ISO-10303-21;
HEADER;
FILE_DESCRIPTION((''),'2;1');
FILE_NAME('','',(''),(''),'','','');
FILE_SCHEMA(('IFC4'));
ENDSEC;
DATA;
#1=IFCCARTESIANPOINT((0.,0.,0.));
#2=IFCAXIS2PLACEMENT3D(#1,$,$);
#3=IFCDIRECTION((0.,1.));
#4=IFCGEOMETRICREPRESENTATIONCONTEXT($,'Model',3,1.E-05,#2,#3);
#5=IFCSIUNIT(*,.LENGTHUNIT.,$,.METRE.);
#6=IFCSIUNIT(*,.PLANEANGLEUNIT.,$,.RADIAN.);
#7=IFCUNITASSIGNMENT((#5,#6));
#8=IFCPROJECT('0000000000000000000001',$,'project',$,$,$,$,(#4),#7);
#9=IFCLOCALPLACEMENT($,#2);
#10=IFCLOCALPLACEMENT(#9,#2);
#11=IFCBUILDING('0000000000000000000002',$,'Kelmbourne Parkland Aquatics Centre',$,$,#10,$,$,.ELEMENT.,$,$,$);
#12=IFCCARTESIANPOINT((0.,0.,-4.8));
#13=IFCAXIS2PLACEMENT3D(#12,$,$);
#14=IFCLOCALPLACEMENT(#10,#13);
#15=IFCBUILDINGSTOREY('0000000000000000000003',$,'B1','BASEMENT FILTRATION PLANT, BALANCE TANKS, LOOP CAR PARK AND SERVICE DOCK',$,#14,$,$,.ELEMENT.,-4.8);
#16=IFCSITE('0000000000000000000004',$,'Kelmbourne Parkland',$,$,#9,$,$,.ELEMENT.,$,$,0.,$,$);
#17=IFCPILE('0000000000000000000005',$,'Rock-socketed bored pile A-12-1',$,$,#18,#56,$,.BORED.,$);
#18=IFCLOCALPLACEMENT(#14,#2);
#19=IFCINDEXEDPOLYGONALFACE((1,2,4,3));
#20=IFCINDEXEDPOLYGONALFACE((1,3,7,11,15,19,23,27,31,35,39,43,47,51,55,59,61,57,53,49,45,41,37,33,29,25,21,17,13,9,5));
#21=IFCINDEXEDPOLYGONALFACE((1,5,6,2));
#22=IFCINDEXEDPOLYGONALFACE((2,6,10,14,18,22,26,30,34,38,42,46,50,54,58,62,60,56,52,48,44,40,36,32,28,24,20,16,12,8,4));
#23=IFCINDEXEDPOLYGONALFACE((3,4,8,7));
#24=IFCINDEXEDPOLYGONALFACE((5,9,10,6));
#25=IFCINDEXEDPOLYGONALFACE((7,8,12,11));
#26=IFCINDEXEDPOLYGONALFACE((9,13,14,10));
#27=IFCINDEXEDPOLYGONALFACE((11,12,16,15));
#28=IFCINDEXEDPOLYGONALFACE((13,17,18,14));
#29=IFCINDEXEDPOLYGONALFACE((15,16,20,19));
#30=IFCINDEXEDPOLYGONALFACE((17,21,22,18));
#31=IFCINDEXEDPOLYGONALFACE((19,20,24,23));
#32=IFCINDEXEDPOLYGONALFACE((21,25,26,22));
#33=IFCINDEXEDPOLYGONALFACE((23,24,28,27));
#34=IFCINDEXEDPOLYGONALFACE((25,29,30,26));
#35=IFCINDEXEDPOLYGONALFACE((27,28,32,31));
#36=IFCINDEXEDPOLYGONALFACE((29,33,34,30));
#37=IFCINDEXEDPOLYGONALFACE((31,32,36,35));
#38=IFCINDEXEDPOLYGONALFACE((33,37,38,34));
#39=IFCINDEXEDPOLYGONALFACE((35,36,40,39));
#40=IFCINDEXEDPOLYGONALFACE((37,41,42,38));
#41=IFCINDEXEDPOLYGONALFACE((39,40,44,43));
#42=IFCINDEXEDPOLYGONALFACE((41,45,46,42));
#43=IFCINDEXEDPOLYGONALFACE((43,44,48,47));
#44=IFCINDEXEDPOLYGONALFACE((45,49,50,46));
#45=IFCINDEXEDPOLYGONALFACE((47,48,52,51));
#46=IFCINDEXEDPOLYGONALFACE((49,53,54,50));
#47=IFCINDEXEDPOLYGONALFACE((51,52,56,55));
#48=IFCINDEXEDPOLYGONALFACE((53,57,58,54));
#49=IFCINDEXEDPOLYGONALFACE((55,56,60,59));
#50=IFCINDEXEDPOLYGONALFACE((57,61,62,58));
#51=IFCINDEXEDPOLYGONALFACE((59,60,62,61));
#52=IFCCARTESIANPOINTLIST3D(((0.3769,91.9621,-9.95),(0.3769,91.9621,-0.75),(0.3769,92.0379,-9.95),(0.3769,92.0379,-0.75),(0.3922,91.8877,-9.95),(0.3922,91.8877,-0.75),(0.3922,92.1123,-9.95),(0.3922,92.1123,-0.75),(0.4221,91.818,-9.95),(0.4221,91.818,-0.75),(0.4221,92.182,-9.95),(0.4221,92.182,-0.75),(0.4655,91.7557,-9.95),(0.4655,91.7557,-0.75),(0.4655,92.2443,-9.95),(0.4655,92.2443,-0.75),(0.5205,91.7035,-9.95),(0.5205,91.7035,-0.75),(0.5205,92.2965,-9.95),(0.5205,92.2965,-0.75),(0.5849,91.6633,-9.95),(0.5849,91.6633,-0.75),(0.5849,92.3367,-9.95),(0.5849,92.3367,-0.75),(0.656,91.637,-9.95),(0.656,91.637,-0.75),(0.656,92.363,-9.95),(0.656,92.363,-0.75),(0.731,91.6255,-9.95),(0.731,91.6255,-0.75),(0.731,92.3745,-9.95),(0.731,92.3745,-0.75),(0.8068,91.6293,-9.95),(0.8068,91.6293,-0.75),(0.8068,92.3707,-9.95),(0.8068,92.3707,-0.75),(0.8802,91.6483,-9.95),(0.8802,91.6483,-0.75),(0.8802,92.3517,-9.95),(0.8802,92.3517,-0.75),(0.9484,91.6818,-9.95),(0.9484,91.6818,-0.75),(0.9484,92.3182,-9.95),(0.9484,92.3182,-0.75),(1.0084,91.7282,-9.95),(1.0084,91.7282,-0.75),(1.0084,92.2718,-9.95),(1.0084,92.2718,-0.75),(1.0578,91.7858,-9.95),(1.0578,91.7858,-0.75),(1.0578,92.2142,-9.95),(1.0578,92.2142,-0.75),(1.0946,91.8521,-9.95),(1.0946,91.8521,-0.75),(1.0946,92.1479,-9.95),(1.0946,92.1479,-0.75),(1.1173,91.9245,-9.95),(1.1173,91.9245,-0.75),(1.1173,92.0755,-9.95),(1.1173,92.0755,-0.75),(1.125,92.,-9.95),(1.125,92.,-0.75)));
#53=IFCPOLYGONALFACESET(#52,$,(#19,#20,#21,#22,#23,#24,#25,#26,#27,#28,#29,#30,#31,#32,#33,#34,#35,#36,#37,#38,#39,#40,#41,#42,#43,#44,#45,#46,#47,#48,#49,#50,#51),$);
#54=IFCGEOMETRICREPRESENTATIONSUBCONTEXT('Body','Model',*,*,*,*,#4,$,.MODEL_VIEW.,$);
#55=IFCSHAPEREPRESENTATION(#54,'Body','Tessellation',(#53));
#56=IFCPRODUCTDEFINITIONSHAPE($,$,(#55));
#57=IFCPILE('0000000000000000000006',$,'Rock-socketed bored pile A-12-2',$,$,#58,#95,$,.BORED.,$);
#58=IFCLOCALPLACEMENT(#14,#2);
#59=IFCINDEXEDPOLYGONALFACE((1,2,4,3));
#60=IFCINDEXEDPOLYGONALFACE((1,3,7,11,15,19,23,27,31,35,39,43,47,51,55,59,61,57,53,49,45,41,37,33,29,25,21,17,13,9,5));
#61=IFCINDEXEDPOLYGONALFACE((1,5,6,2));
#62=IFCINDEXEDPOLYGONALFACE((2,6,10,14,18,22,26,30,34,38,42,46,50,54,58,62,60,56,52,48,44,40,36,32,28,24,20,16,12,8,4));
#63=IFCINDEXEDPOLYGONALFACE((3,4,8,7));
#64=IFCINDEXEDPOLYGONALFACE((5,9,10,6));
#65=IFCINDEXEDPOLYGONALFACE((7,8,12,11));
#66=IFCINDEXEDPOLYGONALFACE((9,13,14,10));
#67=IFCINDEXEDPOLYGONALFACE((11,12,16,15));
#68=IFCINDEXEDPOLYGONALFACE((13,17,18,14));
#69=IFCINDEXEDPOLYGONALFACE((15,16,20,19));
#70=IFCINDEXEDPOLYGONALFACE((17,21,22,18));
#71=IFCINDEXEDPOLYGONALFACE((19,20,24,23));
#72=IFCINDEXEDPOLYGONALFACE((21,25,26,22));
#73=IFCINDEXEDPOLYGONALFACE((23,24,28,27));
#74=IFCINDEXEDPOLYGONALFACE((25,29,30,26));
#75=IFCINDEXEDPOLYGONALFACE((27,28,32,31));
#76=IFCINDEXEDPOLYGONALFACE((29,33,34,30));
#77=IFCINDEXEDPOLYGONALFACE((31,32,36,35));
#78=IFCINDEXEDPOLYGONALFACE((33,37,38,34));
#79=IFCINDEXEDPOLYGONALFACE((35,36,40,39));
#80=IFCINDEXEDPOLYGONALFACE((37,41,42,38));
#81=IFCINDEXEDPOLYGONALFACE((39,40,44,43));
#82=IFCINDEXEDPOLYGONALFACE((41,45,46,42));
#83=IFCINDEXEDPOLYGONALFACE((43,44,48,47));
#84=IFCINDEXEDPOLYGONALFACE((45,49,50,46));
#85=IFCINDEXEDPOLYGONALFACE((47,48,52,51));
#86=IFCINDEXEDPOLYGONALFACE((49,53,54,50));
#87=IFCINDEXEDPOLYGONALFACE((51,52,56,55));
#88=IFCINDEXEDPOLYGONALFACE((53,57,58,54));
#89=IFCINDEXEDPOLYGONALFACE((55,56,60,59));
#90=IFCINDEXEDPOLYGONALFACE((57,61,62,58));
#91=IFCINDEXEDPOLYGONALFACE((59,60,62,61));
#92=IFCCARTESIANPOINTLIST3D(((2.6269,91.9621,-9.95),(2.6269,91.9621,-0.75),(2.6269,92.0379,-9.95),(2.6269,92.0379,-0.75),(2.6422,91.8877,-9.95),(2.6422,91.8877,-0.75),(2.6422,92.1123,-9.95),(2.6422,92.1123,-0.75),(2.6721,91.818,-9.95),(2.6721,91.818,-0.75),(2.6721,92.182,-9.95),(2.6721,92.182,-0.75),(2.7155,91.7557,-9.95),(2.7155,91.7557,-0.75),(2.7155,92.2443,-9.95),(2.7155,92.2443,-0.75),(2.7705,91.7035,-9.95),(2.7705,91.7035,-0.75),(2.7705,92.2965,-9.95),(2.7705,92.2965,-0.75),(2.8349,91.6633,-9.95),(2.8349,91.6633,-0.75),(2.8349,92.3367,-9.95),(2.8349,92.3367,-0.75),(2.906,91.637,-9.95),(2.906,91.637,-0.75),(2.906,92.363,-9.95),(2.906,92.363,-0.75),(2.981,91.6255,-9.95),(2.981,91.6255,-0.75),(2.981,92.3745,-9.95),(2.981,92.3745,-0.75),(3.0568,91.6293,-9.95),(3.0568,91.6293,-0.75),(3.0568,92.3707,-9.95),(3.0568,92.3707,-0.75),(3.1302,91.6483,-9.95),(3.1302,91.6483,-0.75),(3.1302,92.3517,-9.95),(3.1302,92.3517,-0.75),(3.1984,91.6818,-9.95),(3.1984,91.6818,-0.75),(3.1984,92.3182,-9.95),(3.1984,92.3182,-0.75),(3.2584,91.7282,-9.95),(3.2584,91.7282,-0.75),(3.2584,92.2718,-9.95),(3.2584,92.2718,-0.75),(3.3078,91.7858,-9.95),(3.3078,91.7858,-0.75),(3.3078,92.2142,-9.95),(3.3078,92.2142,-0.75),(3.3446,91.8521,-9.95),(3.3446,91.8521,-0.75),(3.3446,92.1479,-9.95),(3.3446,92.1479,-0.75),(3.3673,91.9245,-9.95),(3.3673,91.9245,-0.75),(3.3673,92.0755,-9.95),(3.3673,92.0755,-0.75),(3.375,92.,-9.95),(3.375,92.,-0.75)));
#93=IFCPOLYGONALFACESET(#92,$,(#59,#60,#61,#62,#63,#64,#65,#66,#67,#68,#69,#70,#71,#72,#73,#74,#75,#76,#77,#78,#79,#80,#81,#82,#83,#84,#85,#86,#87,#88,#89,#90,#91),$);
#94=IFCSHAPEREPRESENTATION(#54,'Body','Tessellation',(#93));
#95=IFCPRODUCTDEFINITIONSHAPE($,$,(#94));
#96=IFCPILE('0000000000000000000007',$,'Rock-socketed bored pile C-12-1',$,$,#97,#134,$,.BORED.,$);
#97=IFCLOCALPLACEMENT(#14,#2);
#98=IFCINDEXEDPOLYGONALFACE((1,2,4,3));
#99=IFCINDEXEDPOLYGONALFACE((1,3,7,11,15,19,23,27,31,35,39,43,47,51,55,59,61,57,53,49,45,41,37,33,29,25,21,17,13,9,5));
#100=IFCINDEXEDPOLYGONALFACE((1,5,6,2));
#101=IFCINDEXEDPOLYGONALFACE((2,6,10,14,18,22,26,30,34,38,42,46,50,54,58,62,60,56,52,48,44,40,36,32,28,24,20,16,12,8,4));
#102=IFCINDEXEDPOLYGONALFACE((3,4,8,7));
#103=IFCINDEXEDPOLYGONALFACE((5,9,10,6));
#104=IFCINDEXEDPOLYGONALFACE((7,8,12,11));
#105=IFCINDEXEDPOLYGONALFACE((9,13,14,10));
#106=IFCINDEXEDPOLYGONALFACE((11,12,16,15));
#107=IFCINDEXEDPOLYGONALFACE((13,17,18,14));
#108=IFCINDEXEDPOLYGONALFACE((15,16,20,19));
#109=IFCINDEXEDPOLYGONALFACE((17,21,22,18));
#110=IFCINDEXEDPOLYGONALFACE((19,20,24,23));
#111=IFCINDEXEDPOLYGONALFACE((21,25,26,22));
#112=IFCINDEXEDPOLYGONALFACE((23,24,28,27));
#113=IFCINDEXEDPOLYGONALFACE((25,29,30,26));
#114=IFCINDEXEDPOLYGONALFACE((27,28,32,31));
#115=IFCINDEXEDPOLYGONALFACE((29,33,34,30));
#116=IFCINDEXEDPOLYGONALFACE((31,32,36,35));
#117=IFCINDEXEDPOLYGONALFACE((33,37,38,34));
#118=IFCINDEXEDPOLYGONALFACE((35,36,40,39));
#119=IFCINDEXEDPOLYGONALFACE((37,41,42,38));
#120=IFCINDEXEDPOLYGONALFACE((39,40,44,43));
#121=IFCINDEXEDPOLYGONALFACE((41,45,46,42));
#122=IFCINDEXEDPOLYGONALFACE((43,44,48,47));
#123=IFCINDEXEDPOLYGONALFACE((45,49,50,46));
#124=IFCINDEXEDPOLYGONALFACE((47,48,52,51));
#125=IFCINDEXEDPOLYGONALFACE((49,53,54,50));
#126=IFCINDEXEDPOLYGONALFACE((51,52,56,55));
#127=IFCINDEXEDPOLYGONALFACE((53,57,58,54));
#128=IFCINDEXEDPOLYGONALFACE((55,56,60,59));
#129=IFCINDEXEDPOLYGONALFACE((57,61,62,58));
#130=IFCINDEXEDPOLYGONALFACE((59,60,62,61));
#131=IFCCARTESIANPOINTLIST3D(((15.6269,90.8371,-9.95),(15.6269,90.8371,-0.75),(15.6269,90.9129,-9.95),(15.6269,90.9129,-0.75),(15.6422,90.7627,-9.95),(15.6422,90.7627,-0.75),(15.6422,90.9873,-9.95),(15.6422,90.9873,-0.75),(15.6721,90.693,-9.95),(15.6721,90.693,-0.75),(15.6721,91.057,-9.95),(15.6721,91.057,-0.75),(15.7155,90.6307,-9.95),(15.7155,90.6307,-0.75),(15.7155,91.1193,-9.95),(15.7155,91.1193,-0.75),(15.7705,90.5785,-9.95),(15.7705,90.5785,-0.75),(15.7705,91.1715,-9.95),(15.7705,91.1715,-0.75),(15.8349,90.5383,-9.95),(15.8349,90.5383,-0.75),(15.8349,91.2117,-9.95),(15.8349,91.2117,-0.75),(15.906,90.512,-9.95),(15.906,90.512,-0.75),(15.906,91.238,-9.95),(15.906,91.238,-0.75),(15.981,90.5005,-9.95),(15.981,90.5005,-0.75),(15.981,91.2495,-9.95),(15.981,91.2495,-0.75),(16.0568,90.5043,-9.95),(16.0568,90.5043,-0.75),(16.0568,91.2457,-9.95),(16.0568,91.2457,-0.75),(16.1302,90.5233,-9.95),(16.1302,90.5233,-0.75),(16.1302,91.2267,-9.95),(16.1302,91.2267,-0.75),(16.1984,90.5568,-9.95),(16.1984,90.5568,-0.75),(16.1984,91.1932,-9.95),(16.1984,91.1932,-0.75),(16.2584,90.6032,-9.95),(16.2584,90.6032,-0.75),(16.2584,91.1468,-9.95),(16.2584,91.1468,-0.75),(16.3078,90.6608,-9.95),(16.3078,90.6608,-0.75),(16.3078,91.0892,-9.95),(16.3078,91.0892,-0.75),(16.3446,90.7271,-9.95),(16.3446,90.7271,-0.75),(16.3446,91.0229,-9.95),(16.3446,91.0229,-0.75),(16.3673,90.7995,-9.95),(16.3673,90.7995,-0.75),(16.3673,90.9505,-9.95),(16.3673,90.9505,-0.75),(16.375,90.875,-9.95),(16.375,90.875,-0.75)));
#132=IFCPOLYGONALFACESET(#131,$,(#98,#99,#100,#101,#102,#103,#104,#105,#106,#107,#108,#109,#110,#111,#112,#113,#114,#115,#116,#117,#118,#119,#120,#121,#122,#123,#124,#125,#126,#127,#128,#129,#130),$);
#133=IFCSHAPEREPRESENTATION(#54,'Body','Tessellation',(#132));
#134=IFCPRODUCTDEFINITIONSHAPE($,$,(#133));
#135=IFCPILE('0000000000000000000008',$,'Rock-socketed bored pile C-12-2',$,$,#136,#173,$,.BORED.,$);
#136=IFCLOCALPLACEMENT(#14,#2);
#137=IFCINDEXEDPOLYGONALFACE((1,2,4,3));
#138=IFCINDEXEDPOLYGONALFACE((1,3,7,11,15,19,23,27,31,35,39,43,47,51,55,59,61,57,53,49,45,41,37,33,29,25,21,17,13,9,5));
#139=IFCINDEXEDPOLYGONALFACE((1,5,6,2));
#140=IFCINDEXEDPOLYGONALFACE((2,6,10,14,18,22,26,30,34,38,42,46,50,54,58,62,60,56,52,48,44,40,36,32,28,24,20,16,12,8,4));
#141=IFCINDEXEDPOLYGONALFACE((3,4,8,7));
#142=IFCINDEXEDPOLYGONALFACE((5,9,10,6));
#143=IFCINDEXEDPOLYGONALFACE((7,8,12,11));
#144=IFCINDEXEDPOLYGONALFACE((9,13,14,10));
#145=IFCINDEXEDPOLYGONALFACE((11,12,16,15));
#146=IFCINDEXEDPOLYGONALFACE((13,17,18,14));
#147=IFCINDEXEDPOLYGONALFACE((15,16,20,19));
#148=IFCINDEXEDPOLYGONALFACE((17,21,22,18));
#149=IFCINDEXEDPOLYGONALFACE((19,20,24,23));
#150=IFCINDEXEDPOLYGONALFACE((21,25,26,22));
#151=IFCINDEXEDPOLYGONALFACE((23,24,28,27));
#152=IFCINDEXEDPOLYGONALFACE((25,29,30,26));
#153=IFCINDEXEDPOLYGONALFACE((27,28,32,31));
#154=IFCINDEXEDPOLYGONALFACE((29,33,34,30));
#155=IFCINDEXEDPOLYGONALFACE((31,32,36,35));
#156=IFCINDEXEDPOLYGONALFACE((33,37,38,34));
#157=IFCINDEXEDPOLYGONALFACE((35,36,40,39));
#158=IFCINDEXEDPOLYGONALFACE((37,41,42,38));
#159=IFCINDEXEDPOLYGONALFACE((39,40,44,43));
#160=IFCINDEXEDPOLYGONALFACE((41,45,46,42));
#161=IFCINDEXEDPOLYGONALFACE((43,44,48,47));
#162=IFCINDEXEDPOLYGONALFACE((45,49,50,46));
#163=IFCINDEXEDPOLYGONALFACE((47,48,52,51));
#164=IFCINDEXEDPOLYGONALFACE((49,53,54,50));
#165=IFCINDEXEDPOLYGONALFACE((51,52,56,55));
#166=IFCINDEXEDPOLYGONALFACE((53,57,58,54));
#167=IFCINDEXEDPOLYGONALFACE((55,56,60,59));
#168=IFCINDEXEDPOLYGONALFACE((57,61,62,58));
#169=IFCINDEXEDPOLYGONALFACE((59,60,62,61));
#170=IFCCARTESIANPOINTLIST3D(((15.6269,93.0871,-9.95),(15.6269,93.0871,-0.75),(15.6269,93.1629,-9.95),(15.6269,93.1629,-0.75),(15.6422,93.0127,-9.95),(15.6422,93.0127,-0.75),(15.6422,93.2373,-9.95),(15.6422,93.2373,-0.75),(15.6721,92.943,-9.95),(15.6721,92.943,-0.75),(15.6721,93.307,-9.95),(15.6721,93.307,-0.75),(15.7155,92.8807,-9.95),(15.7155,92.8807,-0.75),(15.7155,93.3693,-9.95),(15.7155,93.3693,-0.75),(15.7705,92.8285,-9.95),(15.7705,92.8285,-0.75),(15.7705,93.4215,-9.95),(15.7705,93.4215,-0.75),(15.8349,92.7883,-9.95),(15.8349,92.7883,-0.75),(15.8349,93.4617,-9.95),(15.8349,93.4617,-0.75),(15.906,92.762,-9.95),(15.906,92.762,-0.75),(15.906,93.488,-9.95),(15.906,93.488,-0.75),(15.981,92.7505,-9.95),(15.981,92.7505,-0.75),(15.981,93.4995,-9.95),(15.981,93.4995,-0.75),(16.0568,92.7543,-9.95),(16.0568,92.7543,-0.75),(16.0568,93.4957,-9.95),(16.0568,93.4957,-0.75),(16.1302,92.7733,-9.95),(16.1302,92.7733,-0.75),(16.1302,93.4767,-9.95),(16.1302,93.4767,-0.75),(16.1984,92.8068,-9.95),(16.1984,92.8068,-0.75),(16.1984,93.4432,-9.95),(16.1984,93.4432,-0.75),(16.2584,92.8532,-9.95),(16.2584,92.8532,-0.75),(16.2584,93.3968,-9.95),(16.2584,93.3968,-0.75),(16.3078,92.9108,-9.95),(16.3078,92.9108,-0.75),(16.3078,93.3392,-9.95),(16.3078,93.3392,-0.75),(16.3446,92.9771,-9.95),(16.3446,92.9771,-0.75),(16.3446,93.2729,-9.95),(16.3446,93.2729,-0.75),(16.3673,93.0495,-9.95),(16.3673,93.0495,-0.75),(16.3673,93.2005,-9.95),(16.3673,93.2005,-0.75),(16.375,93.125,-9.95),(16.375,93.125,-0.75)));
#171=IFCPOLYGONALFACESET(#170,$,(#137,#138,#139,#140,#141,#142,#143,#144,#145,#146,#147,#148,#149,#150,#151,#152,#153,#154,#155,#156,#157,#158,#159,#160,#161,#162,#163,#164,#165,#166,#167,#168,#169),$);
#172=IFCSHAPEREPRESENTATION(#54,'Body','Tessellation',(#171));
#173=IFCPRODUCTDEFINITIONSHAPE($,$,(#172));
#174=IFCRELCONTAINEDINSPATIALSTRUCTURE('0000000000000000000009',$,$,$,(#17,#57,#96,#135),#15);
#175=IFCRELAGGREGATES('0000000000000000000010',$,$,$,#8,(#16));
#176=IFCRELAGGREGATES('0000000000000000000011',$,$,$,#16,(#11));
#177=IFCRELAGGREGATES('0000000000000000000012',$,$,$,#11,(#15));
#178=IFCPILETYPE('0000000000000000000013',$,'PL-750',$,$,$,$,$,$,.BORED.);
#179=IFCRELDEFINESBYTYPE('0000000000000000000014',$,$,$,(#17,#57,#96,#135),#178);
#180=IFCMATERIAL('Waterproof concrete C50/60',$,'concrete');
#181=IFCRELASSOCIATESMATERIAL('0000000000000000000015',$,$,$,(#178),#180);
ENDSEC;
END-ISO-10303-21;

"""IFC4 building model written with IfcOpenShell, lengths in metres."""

from ifc_helpers import new_model, si_unit, direction, frame, origin, origin_2d, place, context, subcontext, project, spatial, circle, extrude, material, material_profile, profile_set, type_object, element, save


model = new_model("IFC4")

# Units and contexts
model_context = context("Model", 3, precision=1e-05, world=origin(), true_north=direction((0.0, 1.0)))
body_context = subcontext(model_context, "Body", "Model", "MODEL_VIEW")
ifc_project = project(units=[si_unit("LENGTHUNIT", "METRE"), si_unit("PLANEANGLEUNIT", "RADIAN")], contexts=[model_context])

# Site, building, storey
site_placement = place(None, origin())
site = spatial("IfcSite", under=ifc_project, at=site_placement, Name="Kelmbourne Parkland", CompositionType="ELEMENT", RefElevation=0.0)
building_placement = place(site_placement, origin())
building = spatial("IfcBuilding", under=site, at=building_placement, Name="Kelmbourne Parkland Aquatics Centre", CompositionType="ELEMENT")
storey_placement = place(building_placement, frame((0.0, 0.0, -4.8)))
storey = spatial("IfcBuildingStorey", under=building, at=storey_placement, Name="B1", Description="BASEMENT FILTRATION PLANT, BALANCE TANKS, LOOP CAR PARK AND SERVICE DOCK", CompositionType="ELEMENT", Elevation=-4.8)

# Shared definitions
ifc_material_1 = material(Name="Waterproof concrete C50/60", Category="concrete")

# Piles
ifc_material_profile_1 = material_profile(ifc_material_1, circle(Radius=0.375, at=origin_2d()), Name="PILE D750")
ifc_profile_set_1 = profile_set([ifc_material_profile_1], Name="Waterproof concrete C50/60")
pile_type_1 = type_object("IfcPileType", Name="PL-750", PredefinedType="BORED", material=ifc_profile_set_1)
for number, where, z_axis, x_axis, name in (
    (1, (0.75, 92.0, -0.75), (0.0, 0.0, -1.0), (1.0, 0.0, 0.0), "Rock-socketed bored pile A-12-1"),
    (2, (3.0, 92.0, -0.75), (0.0, 0.0, -1.0), (1.0, 0.0, 0.0), "Rock-socketed bored pile A-12-2"),
    (3, (16.0, 90.875, -0.75), (0.0, 0.0, -1.0), (1.0, 0.0, 0.0), "Rock-socketed bored pile C-12-1"),
    (4, (16.0, 93.125, -0.75), (0.0, 0.0, -1.0), (1.0, 0.0, 0.0), "Rock-socketed bored pile C-12-2"),
):
    element("IfcPile", number, at=place(storey_placement, frame(where, z_axis=z_axis, x_axis=x_axis)), inside=storey, type_object=pile_type_1, Name=name, PredefinedType="BORED", context=body_context, shape_type="SweptSolid", body=[
        extrude(circle(Radius=0.375, at=origin_2d()), origin(), (0.0, 0.0, 1.0), 9.2),
    ])

save(model, "model.ifc")
